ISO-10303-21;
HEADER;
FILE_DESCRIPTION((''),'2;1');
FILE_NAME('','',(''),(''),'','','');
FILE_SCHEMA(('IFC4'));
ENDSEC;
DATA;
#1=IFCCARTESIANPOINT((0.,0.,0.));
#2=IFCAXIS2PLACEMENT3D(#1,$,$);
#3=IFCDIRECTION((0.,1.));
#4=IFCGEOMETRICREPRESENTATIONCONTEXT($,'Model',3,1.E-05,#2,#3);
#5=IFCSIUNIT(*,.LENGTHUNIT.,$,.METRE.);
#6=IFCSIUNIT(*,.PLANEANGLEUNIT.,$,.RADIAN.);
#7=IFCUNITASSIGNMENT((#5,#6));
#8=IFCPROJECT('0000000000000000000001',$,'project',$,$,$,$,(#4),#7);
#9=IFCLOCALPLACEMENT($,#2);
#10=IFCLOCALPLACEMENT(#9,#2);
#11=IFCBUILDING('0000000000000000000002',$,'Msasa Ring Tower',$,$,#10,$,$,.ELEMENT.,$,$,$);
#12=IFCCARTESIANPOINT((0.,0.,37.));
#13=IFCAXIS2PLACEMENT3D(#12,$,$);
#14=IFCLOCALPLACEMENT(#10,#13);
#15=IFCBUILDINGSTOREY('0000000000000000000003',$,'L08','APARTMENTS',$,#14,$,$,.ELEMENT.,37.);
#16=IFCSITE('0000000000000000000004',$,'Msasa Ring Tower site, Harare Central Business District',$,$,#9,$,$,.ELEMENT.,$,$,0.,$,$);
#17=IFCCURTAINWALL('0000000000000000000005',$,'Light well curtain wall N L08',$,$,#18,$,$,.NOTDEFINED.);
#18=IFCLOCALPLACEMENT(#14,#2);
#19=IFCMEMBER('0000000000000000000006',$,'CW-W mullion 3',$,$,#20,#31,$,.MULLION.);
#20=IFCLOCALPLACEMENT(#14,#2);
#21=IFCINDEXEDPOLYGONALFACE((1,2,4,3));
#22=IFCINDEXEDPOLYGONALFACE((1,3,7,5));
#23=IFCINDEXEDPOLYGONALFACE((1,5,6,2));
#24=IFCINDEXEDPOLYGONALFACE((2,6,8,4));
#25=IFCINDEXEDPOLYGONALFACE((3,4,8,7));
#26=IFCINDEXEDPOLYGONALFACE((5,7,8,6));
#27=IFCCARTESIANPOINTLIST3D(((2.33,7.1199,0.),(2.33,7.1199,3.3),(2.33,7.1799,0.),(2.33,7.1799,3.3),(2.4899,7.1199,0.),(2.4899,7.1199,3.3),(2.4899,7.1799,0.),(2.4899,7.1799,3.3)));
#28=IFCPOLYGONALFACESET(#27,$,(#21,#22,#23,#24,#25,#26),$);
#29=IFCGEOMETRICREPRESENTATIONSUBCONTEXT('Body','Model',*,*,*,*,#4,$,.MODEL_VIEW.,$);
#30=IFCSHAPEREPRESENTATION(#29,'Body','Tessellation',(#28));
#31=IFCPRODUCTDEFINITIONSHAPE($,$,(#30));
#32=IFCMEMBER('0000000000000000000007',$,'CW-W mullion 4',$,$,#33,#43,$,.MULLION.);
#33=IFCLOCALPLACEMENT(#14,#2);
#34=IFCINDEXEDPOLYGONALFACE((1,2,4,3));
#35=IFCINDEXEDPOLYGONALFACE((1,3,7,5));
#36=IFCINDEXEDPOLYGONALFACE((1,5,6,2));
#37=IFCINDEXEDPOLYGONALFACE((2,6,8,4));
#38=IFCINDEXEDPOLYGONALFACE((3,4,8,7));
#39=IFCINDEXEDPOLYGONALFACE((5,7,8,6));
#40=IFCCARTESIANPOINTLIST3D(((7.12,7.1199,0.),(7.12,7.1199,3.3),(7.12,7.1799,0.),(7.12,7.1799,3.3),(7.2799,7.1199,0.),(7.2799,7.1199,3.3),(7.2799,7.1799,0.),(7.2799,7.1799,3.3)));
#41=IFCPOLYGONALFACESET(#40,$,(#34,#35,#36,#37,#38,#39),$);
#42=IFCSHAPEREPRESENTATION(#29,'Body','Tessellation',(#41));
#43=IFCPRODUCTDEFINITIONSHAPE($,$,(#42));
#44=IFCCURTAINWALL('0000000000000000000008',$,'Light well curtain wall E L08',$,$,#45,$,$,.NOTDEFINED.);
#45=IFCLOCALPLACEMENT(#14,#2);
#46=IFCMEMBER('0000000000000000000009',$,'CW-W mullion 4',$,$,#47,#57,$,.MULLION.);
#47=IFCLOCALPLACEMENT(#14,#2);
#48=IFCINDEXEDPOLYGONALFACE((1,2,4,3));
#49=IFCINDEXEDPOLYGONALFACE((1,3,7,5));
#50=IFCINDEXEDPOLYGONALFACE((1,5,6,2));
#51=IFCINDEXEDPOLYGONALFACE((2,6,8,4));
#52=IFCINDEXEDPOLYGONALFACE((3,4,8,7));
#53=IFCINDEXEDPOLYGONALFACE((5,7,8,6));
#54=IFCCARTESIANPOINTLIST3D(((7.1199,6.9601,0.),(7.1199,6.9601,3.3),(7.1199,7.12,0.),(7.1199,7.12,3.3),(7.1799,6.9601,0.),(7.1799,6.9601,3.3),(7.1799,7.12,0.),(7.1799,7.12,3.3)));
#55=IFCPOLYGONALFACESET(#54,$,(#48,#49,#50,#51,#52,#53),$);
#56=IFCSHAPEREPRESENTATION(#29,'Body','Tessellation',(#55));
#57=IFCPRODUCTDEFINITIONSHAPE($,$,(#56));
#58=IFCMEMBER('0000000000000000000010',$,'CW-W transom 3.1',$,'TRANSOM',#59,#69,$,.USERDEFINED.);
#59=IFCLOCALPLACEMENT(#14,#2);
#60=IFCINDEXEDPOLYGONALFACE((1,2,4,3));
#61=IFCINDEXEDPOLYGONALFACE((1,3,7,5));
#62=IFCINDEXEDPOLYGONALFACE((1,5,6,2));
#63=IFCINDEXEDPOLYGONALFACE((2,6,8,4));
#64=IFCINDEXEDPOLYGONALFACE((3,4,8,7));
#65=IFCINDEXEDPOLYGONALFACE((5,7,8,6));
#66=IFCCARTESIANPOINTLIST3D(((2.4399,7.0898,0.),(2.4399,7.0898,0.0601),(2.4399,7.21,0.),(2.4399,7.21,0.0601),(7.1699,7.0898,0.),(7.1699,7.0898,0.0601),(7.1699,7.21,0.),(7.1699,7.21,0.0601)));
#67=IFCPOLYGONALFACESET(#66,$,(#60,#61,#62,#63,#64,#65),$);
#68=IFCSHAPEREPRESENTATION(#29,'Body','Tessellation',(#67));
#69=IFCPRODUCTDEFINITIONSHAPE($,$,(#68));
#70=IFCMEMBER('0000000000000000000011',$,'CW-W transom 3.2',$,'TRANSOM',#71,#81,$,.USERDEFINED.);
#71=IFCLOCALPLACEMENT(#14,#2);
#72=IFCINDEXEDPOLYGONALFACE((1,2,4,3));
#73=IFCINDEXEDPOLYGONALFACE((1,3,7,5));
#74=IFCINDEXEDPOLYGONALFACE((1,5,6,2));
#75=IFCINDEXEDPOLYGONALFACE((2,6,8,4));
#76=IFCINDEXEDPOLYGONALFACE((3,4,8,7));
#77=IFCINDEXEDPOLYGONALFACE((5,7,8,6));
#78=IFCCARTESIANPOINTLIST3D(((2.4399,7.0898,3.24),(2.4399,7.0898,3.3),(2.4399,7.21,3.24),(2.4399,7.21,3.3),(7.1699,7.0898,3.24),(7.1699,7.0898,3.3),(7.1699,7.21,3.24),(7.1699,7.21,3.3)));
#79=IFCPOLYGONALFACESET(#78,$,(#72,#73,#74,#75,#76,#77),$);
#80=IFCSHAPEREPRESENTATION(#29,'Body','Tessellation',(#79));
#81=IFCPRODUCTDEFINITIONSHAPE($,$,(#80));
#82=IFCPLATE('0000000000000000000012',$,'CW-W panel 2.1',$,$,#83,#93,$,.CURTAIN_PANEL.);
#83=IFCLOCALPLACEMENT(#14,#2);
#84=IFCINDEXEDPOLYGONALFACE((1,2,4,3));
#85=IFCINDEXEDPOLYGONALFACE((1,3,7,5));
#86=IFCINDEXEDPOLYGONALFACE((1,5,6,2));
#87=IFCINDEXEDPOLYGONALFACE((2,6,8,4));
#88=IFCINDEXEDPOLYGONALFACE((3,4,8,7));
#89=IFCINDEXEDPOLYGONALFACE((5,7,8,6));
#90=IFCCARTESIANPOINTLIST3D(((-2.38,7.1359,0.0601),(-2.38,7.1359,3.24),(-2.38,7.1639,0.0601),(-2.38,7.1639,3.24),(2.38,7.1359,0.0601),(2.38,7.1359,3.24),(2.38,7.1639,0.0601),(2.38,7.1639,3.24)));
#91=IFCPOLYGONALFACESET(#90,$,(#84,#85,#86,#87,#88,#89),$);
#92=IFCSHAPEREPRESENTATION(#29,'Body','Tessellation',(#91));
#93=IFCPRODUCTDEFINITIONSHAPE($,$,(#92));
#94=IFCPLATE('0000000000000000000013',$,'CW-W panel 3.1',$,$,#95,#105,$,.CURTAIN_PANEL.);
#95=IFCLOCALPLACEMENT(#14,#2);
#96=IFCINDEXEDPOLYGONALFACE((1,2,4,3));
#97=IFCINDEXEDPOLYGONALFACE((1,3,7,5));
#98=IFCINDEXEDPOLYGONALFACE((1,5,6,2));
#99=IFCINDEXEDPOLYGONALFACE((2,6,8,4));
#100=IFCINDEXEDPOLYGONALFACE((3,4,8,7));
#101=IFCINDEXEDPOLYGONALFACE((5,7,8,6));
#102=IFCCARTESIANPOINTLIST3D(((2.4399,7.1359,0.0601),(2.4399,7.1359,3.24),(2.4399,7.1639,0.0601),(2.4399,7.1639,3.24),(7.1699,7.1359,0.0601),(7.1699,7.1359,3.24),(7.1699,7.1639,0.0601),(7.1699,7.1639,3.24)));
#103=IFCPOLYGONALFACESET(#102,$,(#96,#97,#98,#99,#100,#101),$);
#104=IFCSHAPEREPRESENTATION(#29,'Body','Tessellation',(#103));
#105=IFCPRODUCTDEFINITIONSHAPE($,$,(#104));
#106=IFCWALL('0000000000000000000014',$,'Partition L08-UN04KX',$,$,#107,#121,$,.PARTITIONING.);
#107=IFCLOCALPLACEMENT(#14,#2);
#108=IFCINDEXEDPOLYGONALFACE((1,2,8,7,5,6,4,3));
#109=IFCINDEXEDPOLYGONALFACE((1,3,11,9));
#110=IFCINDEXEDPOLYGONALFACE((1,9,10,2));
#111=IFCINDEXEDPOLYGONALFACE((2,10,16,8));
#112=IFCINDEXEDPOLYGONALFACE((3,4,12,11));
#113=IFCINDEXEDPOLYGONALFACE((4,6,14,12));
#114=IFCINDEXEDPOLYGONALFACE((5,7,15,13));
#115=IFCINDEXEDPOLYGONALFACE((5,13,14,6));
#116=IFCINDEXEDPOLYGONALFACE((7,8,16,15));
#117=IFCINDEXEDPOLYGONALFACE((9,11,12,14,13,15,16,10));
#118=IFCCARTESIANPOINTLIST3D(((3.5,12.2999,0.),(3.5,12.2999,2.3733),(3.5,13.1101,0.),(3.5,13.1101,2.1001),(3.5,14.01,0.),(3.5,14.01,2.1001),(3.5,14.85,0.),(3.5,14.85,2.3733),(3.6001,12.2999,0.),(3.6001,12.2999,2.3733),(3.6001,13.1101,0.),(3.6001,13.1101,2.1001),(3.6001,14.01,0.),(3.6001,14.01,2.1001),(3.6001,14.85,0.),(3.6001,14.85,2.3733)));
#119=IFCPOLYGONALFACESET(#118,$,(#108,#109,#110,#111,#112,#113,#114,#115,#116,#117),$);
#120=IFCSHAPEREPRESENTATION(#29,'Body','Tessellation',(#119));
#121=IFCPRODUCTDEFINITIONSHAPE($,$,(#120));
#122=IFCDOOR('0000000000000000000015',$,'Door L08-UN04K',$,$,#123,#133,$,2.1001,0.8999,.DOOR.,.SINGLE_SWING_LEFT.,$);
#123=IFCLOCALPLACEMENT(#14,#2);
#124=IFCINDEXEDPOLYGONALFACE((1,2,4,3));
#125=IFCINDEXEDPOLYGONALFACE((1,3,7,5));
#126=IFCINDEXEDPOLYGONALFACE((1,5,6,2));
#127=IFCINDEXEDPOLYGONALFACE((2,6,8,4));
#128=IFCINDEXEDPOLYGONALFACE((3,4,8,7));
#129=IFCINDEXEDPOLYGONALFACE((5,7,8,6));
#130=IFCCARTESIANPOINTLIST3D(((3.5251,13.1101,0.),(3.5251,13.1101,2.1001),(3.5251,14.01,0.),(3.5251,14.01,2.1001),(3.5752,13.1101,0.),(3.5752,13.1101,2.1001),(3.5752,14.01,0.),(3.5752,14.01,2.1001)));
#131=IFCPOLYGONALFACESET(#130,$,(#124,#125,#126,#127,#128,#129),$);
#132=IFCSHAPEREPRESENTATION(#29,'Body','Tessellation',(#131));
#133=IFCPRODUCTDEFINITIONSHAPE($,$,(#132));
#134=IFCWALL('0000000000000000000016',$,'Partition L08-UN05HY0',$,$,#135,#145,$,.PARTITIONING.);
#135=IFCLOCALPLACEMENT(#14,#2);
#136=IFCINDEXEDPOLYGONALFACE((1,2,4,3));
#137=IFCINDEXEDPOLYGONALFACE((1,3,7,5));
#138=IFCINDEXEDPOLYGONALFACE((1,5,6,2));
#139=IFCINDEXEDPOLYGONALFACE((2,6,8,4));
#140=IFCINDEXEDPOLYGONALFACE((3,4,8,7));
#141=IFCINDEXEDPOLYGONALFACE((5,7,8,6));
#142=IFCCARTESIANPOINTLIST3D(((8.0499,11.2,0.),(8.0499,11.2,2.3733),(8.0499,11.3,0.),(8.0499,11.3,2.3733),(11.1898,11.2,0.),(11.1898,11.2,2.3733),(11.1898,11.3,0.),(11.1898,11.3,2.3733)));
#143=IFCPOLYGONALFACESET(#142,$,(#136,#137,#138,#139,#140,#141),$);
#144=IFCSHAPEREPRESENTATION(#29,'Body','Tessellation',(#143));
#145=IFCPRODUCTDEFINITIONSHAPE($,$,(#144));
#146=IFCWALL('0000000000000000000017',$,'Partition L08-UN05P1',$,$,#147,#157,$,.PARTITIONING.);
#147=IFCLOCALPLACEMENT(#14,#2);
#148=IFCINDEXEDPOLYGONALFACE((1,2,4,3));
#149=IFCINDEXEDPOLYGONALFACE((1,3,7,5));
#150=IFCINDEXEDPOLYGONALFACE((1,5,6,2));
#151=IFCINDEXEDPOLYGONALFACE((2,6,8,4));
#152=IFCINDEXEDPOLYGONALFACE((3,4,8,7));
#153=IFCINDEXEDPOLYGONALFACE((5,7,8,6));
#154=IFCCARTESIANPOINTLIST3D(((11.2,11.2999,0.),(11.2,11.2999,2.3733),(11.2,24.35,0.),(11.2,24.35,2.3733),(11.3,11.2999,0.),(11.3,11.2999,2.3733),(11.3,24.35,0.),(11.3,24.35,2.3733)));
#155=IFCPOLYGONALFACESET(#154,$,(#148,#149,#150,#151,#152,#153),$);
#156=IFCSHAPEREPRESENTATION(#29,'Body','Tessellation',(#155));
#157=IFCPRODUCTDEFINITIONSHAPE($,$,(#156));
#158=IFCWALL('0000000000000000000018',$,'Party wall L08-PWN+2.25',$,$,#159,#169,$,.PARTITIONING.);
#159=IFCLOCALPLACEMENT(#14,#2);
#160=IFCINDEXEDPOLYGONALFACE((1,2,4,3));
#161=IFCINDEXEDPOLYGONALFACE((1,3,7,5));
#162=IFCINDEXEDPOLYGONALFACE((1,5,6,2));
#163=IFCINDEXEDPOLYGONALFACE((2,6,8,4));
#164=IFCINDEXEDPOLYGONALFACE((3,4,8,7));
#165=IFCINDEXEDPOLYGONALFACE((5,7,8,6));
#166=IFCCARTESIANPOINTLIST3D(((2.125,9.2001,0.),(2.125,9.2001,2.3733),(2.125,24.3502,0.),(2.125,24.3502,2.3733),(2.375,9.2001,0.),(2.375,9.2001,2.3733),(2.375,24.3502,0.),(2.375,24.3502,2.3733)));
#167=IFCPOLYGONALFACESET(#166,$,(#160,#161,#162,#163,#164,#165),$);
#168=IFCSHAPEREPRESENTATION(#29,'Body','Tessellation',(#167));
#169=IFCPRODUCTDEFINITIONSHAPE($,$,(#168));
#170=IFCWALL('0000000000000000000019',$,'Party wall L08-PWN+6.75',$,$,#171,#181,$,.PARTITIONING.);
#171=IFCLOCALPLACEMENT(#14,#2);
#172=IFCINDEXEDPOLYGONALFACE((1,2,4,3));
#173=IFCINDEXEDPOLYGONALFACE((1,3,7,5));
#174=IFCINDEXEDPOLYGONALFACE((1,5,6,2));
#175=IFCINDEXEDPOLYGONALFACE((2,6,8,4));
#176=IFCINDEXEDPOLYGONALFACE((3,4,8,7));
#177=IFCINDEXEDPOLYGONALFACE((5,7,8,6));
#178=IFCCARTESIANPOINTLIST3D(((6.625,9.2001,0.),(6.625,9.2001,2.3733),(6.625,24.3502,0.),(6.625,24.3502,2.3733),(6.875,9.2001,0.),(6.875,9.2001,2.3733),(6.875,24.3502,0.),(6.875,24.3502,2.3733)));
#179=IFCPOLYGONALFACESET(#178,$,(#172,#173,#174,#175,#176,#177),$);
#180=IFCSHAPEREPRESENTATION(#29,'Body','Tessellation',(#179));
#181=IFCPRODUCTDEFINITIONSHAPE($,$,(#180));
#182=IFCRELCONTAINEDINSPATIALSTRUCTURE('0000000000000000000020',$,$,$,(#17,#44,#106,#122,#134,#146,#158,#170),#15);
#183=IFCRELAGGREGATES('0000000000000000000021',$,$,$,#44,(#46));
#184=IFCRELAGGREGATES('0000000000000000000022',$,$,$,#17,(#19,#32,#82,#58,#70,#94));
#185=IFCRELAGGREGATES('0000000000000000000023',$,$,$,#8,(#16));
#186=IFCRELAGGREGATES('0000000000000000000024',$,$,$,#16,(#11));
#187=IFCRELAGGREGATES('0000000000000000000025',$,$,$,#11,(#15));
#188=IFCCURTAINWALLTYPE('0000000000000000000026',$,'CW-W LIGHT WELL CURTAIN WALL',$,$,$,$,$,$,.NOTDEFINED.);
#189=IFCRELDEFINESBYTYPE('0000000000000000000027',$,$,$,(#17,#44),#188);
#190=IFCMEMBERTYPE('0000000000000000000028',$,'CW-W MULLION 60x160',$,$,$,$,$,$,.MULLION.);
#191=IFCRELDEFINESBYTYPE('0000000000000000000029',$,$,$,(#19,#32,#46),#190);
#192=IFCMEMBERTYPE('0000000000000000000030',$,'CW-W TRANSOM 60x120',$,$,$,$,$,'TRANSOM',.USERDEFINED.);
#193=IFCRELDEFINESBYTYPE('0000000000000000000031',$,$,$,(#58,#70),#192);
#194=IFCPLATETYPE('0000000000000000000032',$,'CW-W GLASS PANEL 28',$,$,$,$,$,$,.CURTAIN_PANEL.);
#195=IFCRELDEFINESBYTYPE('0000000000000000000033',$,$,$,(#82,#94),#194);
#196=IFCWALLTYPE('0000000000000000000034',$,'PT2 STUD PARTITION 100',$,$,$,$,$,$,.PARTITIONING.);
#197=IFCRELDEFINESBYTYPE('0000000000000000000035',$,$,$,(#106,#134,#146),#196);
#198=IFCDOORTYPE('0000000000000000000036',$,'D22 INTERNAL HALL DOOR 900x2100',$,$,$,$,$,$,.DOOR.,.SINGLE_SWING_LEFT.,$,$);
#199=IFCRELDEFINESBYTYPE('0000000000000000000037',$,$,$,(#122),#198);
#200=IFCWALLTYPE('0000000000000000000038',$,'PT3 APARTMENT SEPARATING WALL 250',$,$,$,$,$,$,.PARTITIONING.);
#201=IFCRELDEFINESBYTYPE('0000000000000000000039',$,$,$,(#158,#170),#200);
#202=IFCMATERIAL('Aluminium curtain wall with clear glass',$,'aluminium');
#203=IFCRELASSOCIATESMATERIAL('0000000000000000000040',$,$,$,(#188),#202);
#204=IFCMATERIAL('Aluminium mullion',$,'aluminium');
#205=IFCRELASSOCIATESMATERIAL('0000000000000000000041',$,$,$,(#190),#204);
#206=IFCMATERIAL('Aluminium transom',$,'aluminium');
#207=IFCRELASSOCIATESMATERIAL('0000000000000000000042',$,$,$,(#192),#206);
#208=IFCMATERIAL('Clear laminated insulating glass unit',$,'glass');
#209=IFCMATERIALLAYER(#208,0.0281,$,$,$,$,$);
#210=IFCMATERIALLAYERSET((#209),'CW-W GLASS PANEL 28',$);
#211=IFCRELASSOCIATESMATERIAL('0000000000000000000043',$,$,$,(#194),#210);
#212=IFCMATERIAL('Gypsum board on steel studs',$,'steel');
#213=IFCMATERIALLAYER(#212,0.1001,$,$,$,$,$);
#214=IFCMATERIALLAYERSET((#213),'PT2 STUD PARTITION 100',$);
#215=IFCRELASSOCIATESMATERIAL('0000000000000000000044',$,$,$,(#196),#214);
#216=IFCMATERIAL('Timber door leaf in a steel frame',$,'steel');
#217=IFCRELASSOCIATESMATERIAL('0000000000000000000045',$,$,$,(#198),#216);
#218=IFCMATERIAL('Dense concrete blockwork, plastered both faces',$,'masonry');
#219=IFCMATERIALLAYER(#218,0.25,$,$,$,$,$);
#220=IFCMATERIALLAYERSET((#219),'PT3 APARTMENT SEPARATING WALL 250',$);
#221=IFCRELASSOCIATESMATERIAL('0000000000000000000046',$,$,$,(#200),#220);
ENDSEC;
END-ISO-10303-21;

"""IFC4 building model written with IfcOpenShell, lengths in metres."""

from ifc_helpers import new_model, si_unit, direction, frame, frame_2d, origin, origin_2d, place, context, subcontext, project, spatial, rectangle, extrude, material, layer, layer_set, material_profile, profile_set, type_object, element, fill, aggregate, save


model = new_model("IFC4")

# Units and contexts
model_context = context("Model", 3, precision=1e-05, world=origin(), true_north=direction((0.0, 1.0)))
body_context = subcontext(model_context, "Body", "Model", "MODEL_VIEW")
ifc_project = project(units=[si_unit("LENGTHUNIT", "METRE"), si_unit("PLANEANGLEUNIT", "RADIAN")], contexts=[model_context])

# Site, building, storey
site_placement = place(None, origin())
site = spatial("IfcSite", under=ifc_project, at=site_placement, Name="Msasa Ring Tower site, Harare Central Business District", CompositionType="ELEMENT", RefElevation=0.0)
building_placement = place(site_placement, origin())
building = spatial("IfcBuilding", under=site, at=building_placement, Name="Msasa Ring Tower", CompositionType="ELEMENT")
storey_placement = place(building_placement, frame((0.0, 0.0, 37.0)))
storey = spatial("IfcBuildingStorey", under=building, at=storey_placement, Name="L08", Description="APARTMENTS", CompositionType="ELEMENT", Elevation=37.0)

# Curtain wall, members
ifc_material_1 = material(Name="Aluminium curtain wall with clear glass", Category="aluminium")
curtain_wall_type = type_object("IfcCurtainWallType", Name="CW-W LIGHT WELL CURTAIN WALL", PredefinedType="NOTDEFINED", material=ifc_material_1)
curtain_wall_1_placement = place(storey_placement, origin())
curtain_wall_1 = element("IfcCurtainWall", 1, at=curtain_wall_1_placement, inside=storey, type_object=curtain_wall_type, Name="Light well curtain wall N L08", PredefinedType="NOTDEFINED")
ifc_material_2 = material(Name="Aluminium mullion", Category="aluminium")
ifc_material_profile_1 = material_profile(ifc_material_2, rectangle(XDim=0.0601, YDim=0.1599, at=origin_2d()), Name="AL 60x160")
ifc_profile_set_1 = profile_set([ifc_material_profile_1], Name="Aluminium mullion")
member_type_1 = type_object("IfcMemberType", Name="CW-W MULLION 60x160", PredefinedType="MULLION", material=ifc_profile_set_1)
member_1_placement = place(storey_placement, frame((2.4099, 7.1499, 0.0), z_axis=(0.0, 0.0, 1.0), x_axis=(0.0, 1.0, 0.0)))
member_1 = element("IfcMember", 2, at=member_1_placement, type_object=member_type_1, Name="CW-W mullion 3", PredefinedType="MULLION", context=body_context, shape_type="SweptSolid", body=[
    extrude(rectangle(XDim=0.0601, YDim=0.1599, at=origin_2d()), origin(), (0.0, 0.0, 1.0), 3.3),
])
member_2_placement = place(storey_placement, frame((7.2, 7.1499, 0.0), z_axis=(0.0, 0.0, 1.0), x_axis=(0.0, 1.0, 0.0)))
member_2 = element("IfcMember", 3, at=member_2_placement, type_object=member_type_1, Name="CW-W mullion 4", PredefinedType="MULLION", context=body_context, shape_type="SweptSolid", body=[
    extrude(rectangle(XDim=0.0601, YDim=0.1599, at=origin_2d()), origin(), (0.0, 0.0, 1.0), 3.3),
])

# Curtain wall, member
curtain_wall_2_placement = place(storey_placement, origin())
curtain_wall_2 = element("IfcCurtainWall", 4, at=curtain_wall_2_placement, inside=storey, type_object=curtain_wall_type, Name="Light well curtain wall E L08", PredefinedType="NOTDEFINED")
member_3_placement = place(storey_placement, frame((7.1499, 7.04, 0.0), z_axis=(0.0, 0.0, 1.0), x_axis=(-1.0, 0.0, 0.0)))
member_3 = element("IfcMember", 5, at=member_3_placement, type_object=member_type_1, Name="CW-W mullion 4", PredefinedType="MULLION", context=body_context, shape_type="SweptSolid", body=[
    extrude(rectangle(XDim=0.0601, YDim=0.1599, at=origin_2d()), origin(), (0.0, 0.0, 1.0), 3.3),
])
aggregate(curtain_wall_2, [member_3])

# Members
ifc_material_3 = material(Name="Aluminium transom", Category="aluminium")
ifc_material_profile_2 = material_profile(ifc_material_3, rectangle(XDim=0.1201, YDim=0.0601, at=origin_2d()), Name="AL 60x120")
ifc_profile_set_2 = profile_set([ifc_material_profile_2], Name="Aluminium transom")
member_type_2 = type_object("IfcMemberType", Name="CW-W TRANSOM 60x120", ElementType="TRANSOM", PredefinedType="USERDEFINED", material=ifc_profile_set_2)
member_4_placement = place(storey_placement, frame((2.4399, 7.1499, 0.03), z_axis=(1.0, 0.0, 0.0), x_axis=(0.0, 1.0, 0.0)))
member_4 = element("IfcMember", 6, at=member_4_placement, type_object=member_type_2, Name="CW-W transom 3.1", ObjectType="TRANSOM", PredefinedType="USERDEFINED", context=body_context, shape_type="SweptSolid", body=[
    extrude(rectangle(XDim=0.1201, YDim=0.0601, at=origin_2d()), origin(), (0.0, 0.0, 1.0), 4.73),
])
member_5_placement = place(storey_placement, frame((2.4399, 7.1499, 3.27), z_axis=(1.0, 0.0, 0.0), x_axis=(0.0, 1.0, 0.0)))
member_5 = element("IfcMember", 7, at=member_5_placement, type_object=member_type_2, Name="CW-W transom 3.2", ObjectType="TRANSOM", PredefinedType="USERDEFINED", context=body_context, shape_type="SweptSolid", body=[
    extrude(rectangle(XDim=0.1201, YDim=0.0601, at=origin_2d()), origin(), (0.0, 0.0, 1.0), 4.73),
])

# Plates
ifc_material_4 = material(Name="Clear laminated insulating glass unit", Category="glass")
ifc_layer_1 = layer(ifc_material_4, 0.0281)
ifc_layer_set_1 = layer_set([ifc_layer_1], Name="CW-W GLASS PANEL 28")
plate_type = type_object("IfcPlateType", Name="CW-W GLASS PANEL 28", PredefinedType="CURTAIN_PANEL", material=ifc_layer_set_1)
plate_1_placement = place(storey_placement, frame((0.0, 7.1499, 0.0601), z_axis=(0.0, 0.0, 1.0), x_axis=(1.0, 0.0, 0.0)))
plate_1 = element("IfcPlate", 8, at=plate_1_placement, type_object=plate_type, Name="CW-W panel 2.1", PredefinedType="CURTAIN_PANEL", context=body_context, shape_type="SweptSolid", body=[
    extrude(rectangle(XDim=4.76, YDim=0.0281, at=origin_2d()), origin(), (0.0, 0.0, 1.0), 3.1799),
])
plate_2_placement = place(storey_placement, frame((4.8049, 7.1499, 0.0601), z_axis=(0.0, 0.0, 1.0), x_axis=(1.0, 0.0, 0.0)))
plate_2 = element("IfcPlate", 9, at=plate_2_placement, type_object=plate_type, Name="CW-W panel 3.1", PredefinedType="CURTAIN_PANEL", context=body_context, shape_type="SweptSolid", body=[
    extrude(rectangle(XDim=4.73, YDim=0.0281, at=origin_2d()), origin(), (0.0, 0.0, 1.0), 3.1799),
])
aggregate(curtain_wall_1, [member_1, member_2, plate_1, member_4, member_5, plate_2])

# Wall, opening, door
ifc_material_5 = material(Name="Gypsum board on steel studs", Category="steel")
ifc_layer_2 = layer(ifc_material_5, 0.1001)
ifc_layer_set_2 = layer_set([ifc_layer_2], Name="PT2 STUD PARTITION 100")
wall_type_1 = type_object("IfcWallType", Name="PT2 STUD PARTITION 100", PredefinedType="PARTITIONING", material=ifc_layer_set_2)
wall_1_placement = place(storey_placement, frame((3.55, 12.3, 0.0), z_axis=(0.0, 0.0, 1.0), x_axis=(0.0, 1.0, 0.0)))
wall_1 = element("IfcWall", 10, at=wall_1_placement, inside=storey, type_object=wall_type_1, Name="Partition L08-UN04KX", PredefinedType="PARTITIONING", context=body_context, shape_type="SweptSolid", body=[
    extrude(rectangle(XDim=2.55, YDim=0.1001, at=frame_2d((1.2749, 0.0))), origin(), (0.0, 0.0, 1.0), 2.3733),
])
opening_1_placement = place(wall_1_placement, frame((0.8101, 0.0, 0.0)))
opening_1 = element("IfcOpeningElement", 11, at=opening_1_placement, cuts=wall_1, PredefinedType="OPENING", context=body_context, shape_type="SweptSolid", body=[
    extrude(rectangle(XDim=0.8999, YDim=2.1001, at=frame_2d((0.45, 1.05))), frame((0.0, 0.0601, 0.0), z_axis=(0.0, -1.0, 0.0), x_axis=(1.0, 0.0, 0.0)), (0.0, 0.0, 1.0), 0.1201),
])
ifc_material_6 = material(Name="Timber door leaf in a steel frame", Category="steel")
door_type_1 = type_object("IfcDoorType", Name="D22 INTERNAL HALL DOOR 900x2100", OperationType="SINGLE_SWING_LEFT", PredefinedType="DOOR", material=ifc_material_6)
door_1_placement = place(opening_1_placement, origin())
door_1 = element("IfcDoor", 12, at=door_1_placement, inside=storey, type_object=door_type_1, Name="Door L08-UN04K", OperationType="SINGLE_SWING_LEFT", OverallHeight=2.1001, OverallWidth=0.8999, PredefinedType="DOOR", context=body_context, shape_type="SweptSolid", body=[
    extrude(rectangle(XDim=0.8999, YDim=2.1001, at=frame_2d((0.45, 1.05))), frame((0.0, 0.0249, 0.0), z_axis=(0.0, -1.0, 0.0), x_axis=(1.0, 0.0, 0.0)), (0.0, 0.0, 1.0), 0.05),
])
fill(opening_1, door_1)

# Walls
wall_2_placement = place(storey_placement, frame((8.05, 11.25, 0.0), z_axis=(0.0, 0.0, 1.0), x_axis=(1.0, 0.0, 0.0)))
element("IfcWall", 13, at=wall_2_placement, inside=storey, type_object=wall_type_1, Name="Partition L08-UN05HY0", PredefinedType="PARTITIONING", context=body_context, shape_type="SweptSolid", body=[
    extrude(rectangle(XDim=3.1399, YDim=0.1001, at=frame_2d((1.5698, 0.0))), origin(), (0.0, 0.0, 1.0), 2.3733),
])
wall_3_placement = place(storey_placement, frame((11.25, 11.3, 0.0), z_axis=(0.0, 0.0, 1.0), x_axis=(0.0, 1.0, 0.0)))
element("IfcWall", 14, at=wall_3_placement, inside=storey, type_object=wall_type_1, Name="Partition L08-UN05P1", PredefinedType="PARTITIONING", context=body_context, shape_type="SweptSolid", body=[
    extrude(rectangle(XDim=13.05, YDim=0.1001, at=frame_2d((6.5249, 0.0))), origin(), (0.0, 0.0, 1.0), 2.3733),
])
ifc_material_7 = material(Name="Dense concrete blockwork, plastered both faces", Category="masonry")
ifc_layer_3 = layer(ifc_material_7, 0.25)
ifc_layer_set_3 = layer_set([ifc_layer_3], Name="PT3 APARTMENT SEPARATING WALL 250")
wall_type_2 = type_object("IfcWallType", Name="PT3 APARTMENT SEPARATING WALL 250", PredefinedType="PARTITIONING", material=ifc_layer_set_3)
for number, where, z_axis, x_axis, name in (
    (15, (2.25, 9.2, 0.0), (0.0, 0.0, 1.0), (0.0, 1.0, 0.0), "Party wall L08-PWN+2.25"),
    (16, (6.75, 9.2, 0.0), (0.0, 0.0, 1.0), (0.0, 1.0, 0.0), "Party wall L08-PWN+6.75"),
):
    element("IfcWall", number, at=place(storey_placement, frame(where, z_axis=z_axis, x_axis=x_axis)), inside=storey, type_object=wall_type_2, Name=name, PredefinedType="PARTITIONING", context=body_context, shape_type="SweptSolid", body=[
        extrude(rectangle(XDim=15.1501, YDim=0.25, at=frame_2d((7.5752, 0.0))), origin(), (0.0, 0.0, 1.0), 2.3733),
    ])

save(model, "model.ifc")
